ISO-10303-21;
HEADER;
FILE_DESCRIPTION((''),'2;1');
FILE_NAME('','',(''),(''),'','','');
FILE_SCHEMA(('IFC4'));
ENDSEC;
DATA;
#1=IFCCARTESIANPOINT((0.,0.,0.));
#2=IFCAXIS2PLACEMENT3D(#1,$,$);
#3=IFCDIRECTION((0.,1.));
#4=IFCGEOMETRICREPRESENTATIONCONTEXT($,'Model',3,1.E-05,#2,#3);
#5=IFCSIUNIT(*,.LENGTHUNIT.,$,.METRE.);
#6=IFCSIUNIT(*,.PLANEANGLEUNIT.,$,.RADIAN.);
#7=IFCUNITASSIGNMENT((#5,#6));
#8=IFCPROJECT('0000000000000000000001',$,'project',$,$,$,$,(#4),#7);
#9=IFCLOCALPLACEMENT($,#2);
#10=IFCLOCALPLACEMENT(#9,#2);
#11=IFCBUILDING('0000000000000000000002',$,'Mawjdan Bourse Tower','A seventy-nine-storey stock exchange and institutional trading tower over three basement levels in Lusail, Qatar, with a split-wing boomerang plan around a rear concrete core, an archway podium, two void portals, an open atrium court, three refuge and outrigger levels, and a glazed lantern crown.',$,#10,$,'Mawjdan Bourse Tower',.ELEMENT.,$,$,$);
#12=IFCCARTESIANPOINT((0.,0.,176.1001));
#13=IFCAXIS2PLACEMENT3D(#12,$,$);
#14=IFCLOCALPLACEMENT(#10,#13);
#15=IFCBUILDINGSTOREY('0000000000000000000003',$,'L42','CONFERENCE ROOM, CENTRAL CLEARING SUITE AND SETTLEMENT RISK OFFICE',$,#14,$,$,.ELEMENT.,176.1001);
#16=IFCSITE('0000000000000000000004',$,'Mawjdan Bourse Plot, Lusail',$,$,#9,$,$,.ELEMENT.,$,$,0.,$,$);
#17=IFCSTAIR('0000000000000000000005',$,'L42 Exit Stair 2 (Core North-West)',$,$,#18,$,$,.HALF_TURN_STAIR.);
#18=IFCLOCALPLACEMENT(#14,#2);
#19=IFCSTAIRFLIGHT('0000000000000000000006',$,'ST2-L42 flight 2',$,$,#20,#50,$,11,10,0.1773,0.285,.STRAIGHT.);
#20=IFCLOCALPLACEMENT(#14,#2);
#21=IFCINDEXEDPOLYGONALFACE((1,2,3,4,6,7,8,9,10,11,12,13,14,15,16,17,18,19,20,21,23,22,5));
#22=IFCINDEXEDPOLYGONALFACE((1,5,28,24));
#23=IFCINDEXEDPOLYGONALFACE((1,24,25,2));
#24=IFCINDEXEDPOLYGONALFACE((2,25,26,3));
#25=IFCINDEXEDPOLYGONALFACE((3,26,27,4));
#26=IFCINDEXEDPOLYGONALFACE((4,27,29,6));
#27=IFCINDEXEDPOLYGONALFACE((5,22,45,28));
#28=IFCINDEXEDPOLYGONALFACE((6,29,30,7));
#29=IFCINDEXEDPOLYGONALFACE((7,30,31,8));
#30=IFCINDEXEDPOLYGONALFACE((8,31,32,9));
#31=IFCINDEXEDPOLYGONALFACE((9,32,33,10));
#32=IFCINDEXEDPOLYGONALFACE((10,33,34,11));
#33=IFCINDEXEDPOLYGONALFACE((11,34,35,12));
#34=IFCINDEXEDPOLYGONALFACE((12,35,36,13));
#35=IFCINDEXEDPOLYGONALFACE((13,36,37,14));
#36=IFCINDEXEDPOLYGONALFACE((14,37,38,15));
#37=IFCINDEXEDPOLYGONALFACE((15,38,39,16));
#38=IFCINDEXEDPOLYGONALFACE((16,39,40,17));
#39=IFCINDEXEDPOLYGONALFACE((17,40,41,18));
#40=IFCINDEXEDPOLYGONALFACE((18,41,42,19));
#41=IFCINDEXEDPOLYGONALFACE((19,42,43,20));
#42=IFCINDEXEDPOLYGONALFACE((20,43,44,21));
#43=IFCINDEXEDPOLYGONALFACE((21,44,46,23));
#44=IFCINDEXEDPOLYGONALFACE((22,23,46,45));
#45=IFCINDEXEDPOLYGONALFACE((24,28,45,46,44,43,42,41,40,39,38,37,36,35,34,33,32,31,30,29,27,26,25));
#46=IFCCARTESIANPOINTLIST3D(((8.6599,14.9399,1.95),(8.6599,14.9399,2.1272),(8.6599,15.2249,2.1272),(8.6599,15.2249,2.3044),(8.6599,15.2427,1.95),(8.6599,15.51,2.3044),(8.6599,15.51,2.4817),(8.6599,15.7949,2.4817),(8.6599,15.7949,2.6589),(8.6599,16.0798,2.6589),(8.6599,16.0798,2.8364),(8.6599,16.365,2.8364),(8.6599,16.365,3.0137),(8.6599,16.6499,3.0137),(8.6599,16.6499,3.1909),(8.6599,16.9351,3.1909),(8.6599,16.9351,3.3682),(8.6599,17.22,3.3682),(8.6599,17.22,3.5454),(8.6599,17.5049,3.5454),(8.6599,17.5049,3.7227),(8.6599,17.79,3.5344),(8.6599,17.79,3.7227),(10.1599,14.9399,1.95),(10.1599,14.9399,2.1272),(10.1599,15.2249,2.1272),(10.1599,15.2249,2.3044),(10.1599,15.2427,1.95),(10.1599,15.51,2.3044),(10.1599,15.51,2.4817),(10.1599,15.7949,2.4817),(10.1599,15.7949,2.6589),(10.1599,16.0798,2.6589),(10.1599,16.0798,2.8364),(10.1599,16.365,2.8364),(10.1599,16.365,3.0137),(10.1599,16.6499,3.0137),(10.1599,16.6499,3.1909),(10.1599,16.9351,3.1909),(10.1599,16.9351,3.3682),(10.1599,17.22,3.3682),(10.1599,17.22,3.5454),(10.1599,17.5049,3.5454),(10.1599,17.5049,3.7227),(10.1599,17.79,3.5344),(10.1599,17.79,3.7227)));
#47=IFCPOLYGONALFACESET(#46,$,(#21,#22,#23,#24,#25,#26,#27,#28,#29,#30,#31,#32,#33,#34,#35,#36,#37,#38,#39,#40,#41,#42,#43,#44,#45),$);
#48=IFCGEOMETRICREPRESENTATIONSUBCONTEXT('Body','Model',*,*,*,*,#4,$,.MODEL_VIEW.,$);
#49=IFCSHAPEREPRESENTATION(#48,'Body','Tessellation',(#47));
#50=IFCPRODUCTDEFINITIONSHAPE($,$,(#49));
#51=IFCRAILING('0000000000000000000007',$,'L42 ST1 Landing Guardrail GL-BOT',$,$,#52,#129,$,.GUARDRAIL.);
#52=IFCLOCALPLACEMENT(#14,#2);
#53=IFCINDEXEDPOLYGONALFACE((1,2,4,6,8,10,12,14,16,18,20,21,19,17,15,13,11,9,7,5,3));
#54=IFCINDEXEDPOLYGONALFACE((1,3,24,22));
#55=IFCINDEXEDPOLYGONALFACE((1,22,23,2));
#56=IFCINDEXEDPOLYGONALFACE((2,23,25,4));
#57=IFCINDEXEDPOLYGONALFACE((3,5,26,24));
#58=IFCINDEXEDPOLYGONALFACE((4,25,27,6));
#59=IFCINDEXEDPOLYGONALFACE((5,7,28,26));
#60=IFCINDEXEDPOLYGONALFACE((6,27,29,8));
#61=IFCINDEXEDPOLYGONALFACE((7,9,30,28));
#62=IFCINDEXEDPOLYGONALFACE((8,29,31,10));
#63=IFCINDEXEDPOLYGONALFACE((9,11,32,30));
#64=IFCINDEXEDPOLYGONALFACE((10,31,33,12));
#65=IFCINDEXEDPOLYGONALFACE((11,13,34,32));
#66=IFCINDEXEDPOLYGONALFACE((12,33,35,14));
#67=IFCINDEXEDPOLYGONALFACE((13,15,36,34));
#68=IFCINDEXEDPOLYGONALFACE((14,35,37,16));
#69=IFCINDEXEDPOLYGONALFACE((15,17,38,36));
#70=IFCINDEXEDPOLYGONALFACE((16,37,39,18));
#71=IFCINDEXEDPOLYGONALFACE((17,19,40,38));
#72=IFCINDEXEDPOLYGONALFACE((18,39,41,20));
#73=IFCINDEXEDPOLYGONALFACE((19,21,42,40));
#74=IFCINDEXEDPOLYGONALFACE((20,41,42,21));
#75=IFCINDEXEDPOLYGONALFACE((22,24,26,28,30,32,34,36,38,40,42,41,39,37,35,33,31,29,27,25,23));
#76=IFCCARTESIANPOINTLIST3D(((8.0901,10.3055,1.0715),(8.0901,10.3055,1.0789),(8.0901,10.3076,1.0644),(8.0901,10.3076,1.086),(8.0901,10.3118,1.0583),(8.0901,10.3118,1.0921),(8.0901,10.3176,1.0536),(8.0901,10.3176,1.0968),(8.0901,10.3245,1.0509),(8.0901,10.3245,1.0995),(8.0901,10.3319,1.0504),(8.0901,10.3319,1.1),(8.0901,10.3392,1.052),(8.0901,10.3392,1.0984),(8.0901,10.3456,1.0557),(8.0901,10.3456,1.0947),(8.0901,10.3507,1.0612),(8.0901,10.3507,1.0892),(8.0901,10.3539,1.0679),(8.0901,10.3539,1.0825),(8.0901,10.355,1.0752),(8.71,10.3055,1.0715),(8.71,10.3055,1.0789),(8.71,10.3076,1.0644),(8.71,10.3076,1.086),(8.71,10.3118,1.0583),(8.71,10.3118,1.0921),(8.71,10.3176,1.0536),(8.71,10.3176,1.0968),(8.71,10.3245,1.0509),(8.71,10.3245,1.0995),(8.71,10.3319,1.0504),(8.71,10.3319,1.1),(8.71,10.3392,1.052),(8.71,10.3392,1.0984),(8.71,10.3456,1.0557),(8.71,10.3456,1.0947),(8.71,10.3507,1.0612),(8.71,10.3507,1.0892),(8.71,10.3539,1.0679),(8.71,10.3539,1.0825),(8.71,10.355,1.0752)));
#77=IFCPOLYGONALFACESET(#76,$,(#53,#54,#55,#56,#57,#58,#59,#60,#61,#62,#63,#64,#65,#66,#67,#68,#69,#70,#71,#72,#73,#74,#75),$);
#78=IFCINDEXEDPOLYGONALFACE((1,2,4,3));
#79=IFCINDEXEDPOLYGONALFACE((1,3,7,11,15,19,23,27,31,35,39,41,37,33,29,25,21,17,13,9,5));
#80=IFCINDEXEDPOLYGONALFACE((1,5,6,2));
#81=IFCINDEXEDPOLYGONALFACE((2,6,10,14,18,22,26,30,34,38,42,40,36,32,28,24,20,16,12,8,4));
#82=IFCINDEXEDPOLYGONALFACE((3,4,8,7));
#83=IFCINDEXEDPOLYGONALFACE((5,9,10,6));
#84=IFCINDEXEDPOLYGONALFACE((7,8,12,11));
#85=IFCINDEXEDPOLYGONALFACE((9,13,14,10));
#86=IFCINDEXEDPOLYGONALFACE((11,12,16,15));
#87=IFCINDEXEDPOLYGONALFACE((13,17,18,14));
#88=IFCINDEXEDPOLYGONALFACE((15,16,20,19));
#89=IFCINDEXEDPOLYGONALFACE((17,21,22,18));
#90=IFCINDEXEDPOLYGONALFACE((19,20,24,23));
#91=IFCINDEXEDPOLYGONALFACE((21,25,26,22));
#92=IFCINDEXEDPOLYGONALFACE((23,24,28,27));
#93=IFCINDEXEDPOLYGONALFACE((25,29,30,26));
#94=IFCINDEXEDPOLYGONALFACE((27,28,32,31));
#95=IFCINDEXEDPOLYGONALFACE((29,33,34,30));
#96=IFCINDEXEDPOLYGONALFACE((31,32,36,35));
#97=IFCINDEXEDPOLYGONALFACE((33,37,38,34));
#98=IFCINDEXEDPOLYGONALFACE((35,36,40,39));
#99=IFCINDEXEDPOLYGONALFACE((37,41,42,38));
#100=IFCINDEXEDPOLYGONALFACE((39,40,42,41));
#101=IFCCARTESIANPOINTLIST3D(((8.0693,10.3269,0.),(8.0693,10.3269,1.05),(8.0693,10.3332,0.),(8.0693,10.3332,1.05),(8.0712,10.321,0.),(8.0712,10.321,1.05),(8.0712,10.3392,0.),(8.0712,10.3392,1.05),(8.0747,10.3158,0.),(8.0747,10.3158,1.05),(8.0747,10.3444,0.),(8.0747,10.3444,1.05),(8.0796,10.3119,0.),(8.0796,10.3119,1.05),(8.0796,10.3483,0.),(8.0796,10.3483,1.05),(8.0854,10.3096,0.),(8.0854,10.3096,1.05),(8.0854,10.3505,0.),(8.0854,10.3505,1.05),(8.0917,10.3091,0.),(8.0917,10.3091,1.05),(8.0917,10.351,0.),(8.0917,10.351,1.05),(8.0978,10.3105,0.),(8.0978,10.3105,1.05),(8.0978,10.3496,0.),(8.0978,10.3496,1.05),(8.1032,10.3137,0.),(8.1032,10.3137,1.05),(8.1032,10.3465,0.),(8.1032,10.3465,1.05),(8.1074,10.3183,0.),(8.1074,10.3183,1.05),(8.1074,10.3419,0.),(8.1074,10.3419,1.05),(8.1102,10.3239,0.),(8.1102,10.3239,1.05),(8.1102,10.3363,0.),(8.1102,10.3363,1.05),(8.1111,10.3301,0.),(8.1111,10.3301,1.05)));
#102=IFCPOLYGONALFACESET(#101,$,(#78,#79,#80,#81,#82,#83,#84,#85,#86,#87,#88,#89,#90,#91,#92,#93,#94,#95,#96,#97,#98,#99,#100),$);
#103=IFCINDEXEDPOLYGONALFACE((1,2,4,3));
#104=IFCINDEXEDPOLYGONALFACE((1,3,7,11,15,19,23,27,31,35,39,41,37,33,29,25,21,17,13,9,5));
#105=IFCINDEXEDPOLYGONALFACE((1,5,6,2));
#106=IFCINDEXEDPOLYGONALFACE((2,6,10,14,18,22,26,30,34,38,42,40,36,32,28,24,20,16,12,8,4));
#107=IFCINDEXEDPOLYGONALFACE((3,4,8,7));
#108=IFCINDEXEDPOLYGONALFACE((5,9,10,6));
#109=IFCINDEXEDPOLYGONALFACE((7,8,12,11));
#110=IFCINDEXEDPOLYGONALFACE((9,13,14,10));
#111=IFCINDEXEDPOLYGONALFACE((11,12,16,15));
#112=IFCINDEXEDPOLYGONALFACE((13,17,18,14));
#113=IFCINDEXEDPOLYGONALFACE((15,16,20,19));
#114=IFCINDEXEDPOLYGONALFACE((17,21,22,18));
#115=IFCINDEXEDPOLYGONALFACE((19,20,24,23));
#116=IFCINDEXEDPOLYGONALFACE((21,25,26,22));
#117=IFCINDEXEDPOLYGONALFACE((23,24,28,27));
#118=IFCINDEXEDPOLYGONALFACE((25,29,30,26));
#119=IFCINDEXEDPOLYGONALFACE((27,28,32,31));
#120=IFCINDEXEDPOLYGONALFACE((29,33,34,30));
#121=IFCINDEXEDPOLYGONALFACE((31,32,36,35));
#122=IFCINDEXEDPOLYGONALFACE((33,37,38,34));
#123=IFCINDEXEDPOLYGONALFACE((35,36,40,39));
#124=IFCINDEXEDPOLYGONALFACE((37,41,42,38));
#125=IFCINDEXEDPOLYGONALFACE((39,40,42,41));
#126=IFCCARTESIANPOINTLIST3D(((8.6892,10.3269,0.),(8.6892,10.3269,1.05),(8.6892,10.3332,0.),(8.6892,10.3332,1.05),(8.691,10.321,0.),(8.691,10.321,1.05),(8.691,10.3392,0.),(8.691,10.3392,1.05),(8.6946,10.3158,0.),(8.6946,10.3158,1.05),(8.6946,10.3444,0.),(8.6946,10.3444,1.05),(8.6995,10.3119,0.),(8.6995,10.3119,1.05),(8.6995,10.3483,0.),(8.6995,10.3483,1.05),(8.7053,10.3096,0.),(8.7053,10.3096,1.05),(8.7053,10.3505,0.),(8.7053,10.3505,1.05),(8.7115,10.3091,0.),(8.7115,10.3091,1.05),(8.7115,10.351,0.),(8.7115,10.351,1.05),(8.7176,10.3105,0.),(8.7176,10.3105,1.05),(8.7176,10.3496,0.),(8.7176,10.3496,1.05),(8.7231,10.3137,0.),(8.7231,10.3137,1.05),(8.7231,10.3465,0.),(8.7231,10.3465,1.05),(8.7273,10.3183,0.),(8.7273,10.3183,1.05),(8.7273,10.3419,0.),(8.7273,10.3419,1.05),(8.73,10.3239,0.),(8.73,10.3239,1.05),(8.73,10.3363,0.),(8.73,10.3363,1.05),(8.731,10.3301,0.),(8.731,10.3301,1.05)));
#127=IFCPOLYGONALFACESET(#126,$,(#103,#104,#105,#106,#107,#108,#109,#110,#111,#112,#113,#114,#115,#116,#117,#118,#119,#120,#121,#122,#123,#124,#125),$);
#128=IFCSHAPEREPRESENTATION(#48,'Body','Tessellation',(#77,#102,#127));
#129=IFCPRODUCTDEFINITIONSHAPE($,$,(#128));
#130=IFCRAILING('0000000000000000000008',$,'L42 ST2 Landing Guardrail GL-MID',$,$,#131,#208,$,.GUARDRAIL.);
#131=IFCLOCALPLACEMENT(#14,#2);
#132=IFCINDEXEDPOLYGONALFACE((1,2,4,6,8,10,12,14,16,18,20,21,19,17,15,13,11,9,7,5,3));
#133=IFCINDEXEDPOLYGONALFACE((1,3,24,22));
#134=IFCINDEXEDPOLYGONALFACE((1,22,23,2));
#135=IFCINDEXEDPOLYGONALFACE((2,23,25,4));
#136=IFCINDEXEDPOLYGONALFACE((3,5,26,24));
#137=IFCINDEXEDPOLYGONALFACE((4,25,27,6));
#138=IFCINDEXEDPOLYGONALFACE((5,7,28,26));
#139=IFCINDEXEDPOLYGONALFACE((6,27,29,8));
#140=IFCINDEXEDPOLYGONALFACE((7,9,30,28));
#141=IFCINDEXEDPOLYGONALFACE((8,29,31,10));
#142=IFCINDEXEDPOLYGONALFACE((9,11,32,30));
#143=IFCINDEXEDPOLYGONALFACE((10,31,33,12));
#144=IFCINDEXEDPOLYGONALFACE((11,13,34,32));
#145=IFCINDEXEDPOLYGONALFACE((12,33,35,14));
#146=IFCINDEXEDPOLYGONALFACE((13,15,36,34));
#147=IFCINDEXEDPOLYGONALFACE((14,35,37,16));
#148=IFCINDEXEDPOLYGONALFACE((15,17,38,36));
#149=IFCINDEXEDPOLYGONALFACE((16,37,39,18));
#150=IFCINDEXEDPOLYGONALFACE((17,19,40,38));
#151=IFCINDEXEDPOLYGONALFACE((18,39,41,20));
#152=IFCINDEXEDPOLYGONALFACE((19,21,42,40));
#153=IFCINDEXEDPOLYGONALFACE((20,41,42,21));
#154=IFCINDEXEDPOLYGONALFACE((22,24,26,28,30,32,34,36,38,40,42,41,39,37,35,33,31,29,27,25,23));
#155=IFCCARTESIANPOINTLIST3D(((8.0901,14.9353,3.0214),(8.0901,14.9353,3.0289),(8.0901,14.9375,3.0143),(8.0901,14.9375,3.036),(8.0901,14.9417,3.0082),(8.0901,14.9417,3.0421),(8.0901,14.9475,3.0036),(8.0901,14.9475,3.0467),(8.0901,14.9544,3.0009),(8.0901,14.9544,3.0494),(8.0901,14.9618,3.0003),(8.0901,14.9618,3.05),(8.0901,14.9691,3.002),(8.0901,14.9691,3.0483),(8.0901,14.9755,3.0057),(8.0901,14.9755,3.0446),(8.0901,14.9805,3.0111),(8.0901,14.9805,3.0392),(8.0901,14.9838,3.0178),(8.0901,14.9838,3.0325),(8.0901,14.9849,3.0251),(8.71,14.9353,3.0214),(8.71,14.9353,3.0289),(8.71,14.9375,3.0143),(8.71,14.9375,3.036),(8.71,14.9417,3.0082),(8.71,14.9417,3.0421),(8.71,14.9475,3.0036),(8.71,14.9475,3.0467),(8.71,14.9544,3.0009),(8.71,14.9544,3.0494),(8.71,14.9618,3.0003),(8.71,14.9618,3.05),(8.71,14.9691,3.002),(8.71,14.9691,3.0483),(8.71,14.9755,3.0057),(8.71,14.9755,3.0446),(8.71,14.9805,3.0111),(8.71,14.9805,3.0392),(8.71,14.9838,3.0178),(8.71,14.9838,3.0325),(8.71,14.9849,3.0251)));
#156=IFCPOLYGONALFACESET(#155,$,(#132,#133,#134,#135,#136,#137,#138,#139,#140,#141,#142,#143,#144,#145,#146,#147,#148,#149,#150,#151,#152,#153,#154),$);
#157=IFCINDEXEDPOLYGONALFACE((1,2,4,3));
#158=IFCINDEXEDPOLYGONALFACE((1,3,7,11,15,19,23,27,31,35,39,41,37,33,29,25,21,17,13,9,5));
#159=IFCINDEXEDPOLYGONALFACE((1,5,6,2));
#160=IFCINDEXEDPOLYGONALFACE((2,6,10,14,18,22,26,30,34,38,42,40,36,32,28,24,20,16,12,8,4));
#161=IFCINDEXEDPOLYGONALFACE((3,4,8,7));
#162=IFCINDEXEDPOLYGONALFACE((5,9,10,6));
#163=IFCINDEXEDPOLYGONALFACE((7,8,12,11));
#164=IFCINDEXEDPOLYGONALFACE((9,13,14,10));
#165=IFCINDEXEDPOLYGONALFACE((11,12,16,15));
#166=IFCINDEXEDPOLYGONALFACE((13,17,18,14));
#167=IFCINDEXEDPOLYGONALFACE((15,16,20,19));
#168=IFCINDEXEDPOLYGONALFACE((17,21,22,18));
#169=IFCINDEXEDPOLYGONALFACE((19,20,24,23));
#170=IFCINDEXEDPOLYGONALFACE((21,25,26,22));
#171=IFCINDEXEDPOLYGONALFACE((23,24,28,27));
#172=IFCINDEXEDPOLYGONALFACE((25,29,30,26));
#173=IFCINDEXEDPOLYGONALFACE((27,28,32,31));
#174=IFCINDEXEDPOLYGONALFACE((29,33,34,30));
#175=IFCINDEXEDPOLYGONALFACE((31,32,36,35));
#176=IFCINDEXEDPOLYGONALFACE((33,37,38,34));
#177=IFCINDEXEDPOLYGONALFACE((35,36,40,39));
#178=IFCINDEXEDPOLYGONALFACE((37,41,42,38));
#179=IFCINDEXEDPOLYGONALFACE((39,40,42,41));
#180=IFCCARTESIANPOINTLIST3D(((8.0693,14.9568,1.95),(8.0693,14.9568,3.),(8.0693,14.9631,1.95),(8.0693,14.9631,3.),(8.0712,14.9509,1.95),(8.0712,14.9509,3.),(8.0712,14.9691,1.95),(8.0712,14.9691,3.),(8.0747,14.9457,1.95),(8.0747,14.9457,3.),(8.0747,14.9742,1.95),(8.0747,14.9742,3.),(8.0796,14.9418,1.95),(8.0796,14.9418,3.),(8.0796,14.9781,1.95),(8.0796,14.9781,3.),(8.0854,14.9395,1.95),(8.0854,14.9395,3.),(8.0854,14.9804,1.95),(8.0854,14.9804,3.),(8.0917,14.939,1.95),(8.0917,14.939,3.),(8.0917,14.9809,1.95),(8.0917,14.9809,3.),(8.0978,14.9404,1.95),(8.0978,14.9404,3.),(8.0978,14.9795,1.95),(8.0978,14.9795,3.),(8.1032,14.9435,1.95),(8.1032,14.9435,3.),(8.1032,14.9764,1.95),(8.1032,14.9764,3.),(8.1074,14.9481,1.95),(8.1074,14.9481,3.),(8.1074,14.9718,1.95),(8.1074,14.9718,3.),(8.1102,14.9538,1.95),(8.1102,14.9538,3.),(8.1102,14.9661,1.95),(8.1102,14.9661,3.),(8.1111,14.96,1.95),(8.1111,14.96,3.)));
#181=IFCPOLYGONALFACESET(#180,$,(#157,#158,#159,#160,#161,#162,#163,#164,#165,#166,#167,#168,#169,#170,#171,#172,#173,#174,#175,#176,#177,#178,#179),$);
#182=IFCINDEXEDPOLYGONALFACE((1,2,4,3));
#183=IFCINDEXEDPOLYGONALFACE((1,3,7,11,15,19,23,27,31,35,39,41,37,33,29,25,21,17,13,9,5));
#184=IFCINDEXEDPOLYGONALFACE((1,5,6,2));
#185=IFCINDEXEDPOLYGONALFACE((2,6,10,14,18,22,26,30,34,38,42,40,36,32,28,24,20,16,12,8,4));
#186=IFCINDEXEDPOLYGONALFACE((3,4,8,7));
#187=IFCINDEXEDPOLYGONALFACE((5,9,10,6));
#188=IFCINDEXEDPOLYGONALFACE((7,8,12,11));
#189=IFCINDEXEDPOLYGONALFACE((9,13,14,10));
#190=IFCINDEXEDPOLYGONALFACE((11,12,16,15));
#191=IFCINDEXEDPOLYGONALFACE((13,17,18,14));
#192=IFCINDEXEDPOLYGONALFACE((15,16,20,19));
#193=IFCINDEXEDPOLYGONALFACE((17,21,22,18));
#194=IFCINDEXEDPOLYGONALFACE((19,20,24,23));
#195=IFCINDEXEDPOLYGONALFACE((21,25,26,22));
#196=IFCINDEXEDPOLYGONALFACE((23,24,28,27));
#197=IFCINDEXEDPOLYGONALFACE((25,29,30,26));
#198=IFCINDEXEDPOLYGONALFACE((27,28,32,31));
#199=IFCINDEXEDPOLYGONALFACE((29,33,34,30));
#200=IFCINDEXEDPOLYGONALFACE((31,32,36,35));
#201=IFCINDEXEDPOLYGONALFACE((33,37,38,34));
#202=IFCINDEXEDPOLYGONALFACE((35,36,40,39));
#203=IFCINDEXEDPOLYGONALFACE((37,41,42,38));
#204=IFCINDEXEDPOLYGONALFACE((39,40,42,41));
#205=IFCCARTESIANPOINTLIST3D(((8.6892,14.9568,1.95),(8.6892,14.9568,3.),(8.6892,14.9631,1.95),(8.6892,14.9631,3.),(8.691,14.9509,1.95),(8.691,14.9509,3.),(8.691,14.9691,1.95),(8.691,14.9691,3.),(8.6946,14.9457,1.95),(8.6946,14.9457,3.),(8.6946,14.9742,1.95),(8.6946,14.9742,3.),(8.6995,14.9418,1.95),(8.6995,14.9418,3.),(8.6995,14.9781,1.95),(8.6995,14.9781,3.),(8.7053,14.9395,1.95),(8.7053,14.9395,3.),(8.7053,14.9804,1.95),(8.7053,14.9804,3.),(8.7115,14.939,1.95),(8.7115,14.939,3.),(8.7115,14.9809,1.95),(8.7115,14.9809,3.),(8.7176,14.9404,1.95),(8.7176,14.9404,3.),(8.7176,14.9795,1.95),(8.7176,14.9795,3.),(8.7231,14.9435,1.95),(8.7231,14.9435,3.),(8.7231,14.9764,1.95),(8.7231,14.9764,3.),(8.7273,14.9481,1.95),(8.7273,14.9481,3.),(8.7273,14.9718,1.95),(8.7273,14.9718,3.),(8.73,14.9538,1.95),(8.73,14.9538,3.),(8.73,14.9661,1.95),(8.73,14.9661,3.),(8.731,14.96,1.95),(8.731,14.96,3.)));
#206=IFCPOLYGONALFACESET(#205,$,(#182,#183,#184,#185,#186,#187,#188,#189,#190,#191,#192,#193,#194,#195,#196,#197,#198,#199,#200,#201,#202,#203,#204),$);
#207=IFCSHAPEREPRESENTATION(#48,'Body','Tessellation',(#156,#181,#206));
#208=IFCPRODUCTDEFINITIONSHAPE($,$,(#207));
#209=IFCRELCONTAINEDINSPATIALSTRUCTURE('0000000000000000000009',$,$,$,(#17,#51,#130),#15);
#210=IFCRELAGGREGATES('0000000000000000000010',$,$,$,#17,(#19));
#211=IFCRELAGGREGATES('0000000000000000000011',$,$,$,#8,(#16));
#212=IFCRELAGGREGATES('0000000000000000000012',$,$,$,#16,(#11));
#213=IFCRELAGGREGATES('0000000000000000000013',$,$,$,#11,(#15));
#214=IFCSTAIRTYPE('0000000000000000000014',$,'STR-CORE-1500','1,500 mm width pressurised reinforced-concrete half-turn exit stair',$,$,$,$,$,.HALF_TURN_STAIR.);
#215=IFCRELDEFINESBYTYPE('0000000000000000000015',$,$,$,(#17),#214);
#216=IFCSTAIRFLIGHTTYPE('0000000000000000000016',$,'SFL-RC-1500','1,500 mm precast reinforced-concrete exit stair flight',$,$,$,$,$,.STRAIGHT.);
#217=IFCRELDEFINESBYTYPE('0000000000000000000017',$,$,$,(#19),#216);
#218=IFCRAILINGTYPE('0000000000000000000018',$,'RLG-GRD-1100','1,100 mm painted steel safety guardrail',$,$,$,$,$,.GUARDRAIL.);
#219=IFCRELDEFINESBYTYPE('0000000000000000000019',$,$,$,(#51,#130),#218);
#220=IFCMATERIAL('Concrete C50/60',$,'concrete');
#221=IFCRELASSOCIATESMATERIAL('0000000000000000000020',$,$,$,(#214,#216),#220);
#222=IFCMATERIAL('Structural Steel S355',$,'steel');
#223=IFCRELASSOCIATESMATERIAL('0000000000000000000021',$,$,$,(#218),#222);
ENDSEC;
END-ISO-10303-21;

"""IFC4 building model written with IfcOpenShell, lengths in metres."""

from ifc_helpers import new_model, si_unit, direction, frame, origin, origin_2d, place, context, subcontext, project, spatial, polyline, circle, outline, extrude, material, type_object, element, aggregate, save


model = new_model("IFC4")

# Units and contexts
model_context = context("Model", 3, precision=1e-05, world=origin(), true_north=direction((0.0, 1.0)))
body_context = subcontext(model_context, "Body", "Model", "MODEL_VIEW")
ifc_project = project(units=[si_unit("LENGTHUNIT", "METRE"), si_unit("PLANEANGLEUNIT", "RADIAN")], contexts=[model_context])

# Site, building, storey
site_placement = place(None, origin())
site = spatial("IfcSite", under=ifc_project, at=site_placement, Name="Mawjdan Bourse Plot, Lusail", CompositionType="ELEMENT", RefElevation=0.0)
building_placement = place(site_placement, origin())
building = spatial("IfcBuilding", under=site, at=building_placement, Name="Mawjdan Bourse Tower", Description="A seventy-nine-storey stock exchange and institutional trading tower over three basement levels in Lusail, Qatar, with a split-wing boomerang plan around a rear concrete core, an archway podium, two void portals, an open atrium court, three refuge and outrigger levels, and a glazed lantern crown.", LongName="Mawjdan Bourse Tower", CompositionType="ELEMENT")
storey_placement = place(building_placement, frame((0.0, 0.0, 176.1001)))
storey = spatial("IfcBuildingStorey", under=building, at=storey_placement, Name="L42", Description="CONFERENCE ROOM, CENTRAL CLEARING SUITE AND SETTLEMENT RISK OFFICE", CompositionType="ELEMENT", Elevation=176.1001)

# Shared definitions
ifc_material_1 = material(Name="Structural Steel S355", Category="steel")

# Shared definitions
ifc_material_2 = material(Name="Concrete C50/60", Category="concrete")

# Shared definitions
stair_type = type_object("IfcStairType", Name="STR-CORE-1500", Description="1,500 mm width pressurised reinforced-concrete half-turn exit stair", PredefinedType="HALF_TURN_STAIR", material=ifc_material_2)
stair_flight_type = type_object("IfcStairFlightType", Name="SFL-RC-1500", Description="1,500 mm precast reinforced-concrete exit stair flight", PredefinedType="STRAIGHT", material=ifc_material_2)

# Stair, stair flight
stair_1_placement = place(storey_placement, origin())
stair_1 = element("IfcStair", 1, at=stair_1_placement, inside=storey, type_object=stair_type, Name="L42 Exit Stair 2 (Core North-West)", PredefinedType="HALF_TURN_STAIR")
stair_flight_1_placement = place(storey_placement, frame((9.4099, 14.9399, 1.95), z_axis=(0.0, 0.0, 1.0), x_axis=(0.0, 1.0, 0.0)))
stair_flight_1 = element("IfcStairFlight", 2, at=stair_flight_1_placement, type_object=stair_flight_type, Name="ST2-L42 flight 2", NumberOfRisers=11, NumberOfTreads=10, PredefinedType="STRAIGHT", RiserHeight=0.1773, TreadLength=0.285, context=body_context, shape_type="SweptSolid", body=[
    extrude(outline(polyline([(0.0, 0.0), (0.0, 0.1772), (0.2849, 0.1772), (0.2849, 0.3545), (0.5701, 0.3545), (0.5701, 0.5317), (0.855, 0.5317), (0.855, 0.709), (1.1399, 0.709), (1.1399, 0.8865), (1.425, 0.8865), (1.425, 1.0637), (1.71, 1.0637), (1.71, 1.241), (1.9951, 1.241), (1.9951, 1.4182), (2.28, 1.4182), (2.28, 1.5955), (2.5649, 1.5955), (2.5649, 1.7727), (2.8501, 1.7727), (2.8501, 1.95), (2.8501, 1.5845), (0.3027, 0.0), (0.0, 0.0)])), frame((0.0, 0.75, 0.0), z_axis=(0.0, -1.0, 0.0), x_axis=(1.0, 0.0, 0.0)), (0.0, 0.0, 1.0), 1.5),
])
aggregate(stair_1, [stair_flight_1])

# Railings
railing_type_1 = type_object("IfcRailingType", Name="RLG-GRD-1100", Description="1,100 mm painted steel safety guardrail", PredefinedType="GUARDRAIL", material=ifc_material_1)
for number, where, name in (
    (3, (8.0901, 10.3301, 0.0), "L42 ST1 Landing Guardrail GL-BOT"),
    (4, (8.0901, 14.96, 1.95), "L42 ST2 Landing Guardrail GL-MID"),
):
    element("IfcRailing", number, at=place(storey_placement, frame(where)), inside=storey, type_object=railing_type_1, Name=name, PredefinedType="GUARDRAIL", context=body_context, shape_type="SweptSolid", body=[
        extrude(circle(Radius=0.0249, at=origin_2d()), frame((0.0, 0.0, 1.0752), z_axis=(1.0, 0.0, 0.0), x_axis=(0.0, 1.0, 0.0)), (0.0, 0.0, 1.0), 0.6199),
        extrude(circle(Radius=0.021, at=origin_2d()), origin(), (0.0, 0.0, 1.0), 1.05),
        extrude(circle(Radius=0.021, at=origin_2d()), frame((0.6199, 0.0, 0.0)), (0.0, 0.0, 1.0), 1.05),
    ])

save(model, "model.ifc")
